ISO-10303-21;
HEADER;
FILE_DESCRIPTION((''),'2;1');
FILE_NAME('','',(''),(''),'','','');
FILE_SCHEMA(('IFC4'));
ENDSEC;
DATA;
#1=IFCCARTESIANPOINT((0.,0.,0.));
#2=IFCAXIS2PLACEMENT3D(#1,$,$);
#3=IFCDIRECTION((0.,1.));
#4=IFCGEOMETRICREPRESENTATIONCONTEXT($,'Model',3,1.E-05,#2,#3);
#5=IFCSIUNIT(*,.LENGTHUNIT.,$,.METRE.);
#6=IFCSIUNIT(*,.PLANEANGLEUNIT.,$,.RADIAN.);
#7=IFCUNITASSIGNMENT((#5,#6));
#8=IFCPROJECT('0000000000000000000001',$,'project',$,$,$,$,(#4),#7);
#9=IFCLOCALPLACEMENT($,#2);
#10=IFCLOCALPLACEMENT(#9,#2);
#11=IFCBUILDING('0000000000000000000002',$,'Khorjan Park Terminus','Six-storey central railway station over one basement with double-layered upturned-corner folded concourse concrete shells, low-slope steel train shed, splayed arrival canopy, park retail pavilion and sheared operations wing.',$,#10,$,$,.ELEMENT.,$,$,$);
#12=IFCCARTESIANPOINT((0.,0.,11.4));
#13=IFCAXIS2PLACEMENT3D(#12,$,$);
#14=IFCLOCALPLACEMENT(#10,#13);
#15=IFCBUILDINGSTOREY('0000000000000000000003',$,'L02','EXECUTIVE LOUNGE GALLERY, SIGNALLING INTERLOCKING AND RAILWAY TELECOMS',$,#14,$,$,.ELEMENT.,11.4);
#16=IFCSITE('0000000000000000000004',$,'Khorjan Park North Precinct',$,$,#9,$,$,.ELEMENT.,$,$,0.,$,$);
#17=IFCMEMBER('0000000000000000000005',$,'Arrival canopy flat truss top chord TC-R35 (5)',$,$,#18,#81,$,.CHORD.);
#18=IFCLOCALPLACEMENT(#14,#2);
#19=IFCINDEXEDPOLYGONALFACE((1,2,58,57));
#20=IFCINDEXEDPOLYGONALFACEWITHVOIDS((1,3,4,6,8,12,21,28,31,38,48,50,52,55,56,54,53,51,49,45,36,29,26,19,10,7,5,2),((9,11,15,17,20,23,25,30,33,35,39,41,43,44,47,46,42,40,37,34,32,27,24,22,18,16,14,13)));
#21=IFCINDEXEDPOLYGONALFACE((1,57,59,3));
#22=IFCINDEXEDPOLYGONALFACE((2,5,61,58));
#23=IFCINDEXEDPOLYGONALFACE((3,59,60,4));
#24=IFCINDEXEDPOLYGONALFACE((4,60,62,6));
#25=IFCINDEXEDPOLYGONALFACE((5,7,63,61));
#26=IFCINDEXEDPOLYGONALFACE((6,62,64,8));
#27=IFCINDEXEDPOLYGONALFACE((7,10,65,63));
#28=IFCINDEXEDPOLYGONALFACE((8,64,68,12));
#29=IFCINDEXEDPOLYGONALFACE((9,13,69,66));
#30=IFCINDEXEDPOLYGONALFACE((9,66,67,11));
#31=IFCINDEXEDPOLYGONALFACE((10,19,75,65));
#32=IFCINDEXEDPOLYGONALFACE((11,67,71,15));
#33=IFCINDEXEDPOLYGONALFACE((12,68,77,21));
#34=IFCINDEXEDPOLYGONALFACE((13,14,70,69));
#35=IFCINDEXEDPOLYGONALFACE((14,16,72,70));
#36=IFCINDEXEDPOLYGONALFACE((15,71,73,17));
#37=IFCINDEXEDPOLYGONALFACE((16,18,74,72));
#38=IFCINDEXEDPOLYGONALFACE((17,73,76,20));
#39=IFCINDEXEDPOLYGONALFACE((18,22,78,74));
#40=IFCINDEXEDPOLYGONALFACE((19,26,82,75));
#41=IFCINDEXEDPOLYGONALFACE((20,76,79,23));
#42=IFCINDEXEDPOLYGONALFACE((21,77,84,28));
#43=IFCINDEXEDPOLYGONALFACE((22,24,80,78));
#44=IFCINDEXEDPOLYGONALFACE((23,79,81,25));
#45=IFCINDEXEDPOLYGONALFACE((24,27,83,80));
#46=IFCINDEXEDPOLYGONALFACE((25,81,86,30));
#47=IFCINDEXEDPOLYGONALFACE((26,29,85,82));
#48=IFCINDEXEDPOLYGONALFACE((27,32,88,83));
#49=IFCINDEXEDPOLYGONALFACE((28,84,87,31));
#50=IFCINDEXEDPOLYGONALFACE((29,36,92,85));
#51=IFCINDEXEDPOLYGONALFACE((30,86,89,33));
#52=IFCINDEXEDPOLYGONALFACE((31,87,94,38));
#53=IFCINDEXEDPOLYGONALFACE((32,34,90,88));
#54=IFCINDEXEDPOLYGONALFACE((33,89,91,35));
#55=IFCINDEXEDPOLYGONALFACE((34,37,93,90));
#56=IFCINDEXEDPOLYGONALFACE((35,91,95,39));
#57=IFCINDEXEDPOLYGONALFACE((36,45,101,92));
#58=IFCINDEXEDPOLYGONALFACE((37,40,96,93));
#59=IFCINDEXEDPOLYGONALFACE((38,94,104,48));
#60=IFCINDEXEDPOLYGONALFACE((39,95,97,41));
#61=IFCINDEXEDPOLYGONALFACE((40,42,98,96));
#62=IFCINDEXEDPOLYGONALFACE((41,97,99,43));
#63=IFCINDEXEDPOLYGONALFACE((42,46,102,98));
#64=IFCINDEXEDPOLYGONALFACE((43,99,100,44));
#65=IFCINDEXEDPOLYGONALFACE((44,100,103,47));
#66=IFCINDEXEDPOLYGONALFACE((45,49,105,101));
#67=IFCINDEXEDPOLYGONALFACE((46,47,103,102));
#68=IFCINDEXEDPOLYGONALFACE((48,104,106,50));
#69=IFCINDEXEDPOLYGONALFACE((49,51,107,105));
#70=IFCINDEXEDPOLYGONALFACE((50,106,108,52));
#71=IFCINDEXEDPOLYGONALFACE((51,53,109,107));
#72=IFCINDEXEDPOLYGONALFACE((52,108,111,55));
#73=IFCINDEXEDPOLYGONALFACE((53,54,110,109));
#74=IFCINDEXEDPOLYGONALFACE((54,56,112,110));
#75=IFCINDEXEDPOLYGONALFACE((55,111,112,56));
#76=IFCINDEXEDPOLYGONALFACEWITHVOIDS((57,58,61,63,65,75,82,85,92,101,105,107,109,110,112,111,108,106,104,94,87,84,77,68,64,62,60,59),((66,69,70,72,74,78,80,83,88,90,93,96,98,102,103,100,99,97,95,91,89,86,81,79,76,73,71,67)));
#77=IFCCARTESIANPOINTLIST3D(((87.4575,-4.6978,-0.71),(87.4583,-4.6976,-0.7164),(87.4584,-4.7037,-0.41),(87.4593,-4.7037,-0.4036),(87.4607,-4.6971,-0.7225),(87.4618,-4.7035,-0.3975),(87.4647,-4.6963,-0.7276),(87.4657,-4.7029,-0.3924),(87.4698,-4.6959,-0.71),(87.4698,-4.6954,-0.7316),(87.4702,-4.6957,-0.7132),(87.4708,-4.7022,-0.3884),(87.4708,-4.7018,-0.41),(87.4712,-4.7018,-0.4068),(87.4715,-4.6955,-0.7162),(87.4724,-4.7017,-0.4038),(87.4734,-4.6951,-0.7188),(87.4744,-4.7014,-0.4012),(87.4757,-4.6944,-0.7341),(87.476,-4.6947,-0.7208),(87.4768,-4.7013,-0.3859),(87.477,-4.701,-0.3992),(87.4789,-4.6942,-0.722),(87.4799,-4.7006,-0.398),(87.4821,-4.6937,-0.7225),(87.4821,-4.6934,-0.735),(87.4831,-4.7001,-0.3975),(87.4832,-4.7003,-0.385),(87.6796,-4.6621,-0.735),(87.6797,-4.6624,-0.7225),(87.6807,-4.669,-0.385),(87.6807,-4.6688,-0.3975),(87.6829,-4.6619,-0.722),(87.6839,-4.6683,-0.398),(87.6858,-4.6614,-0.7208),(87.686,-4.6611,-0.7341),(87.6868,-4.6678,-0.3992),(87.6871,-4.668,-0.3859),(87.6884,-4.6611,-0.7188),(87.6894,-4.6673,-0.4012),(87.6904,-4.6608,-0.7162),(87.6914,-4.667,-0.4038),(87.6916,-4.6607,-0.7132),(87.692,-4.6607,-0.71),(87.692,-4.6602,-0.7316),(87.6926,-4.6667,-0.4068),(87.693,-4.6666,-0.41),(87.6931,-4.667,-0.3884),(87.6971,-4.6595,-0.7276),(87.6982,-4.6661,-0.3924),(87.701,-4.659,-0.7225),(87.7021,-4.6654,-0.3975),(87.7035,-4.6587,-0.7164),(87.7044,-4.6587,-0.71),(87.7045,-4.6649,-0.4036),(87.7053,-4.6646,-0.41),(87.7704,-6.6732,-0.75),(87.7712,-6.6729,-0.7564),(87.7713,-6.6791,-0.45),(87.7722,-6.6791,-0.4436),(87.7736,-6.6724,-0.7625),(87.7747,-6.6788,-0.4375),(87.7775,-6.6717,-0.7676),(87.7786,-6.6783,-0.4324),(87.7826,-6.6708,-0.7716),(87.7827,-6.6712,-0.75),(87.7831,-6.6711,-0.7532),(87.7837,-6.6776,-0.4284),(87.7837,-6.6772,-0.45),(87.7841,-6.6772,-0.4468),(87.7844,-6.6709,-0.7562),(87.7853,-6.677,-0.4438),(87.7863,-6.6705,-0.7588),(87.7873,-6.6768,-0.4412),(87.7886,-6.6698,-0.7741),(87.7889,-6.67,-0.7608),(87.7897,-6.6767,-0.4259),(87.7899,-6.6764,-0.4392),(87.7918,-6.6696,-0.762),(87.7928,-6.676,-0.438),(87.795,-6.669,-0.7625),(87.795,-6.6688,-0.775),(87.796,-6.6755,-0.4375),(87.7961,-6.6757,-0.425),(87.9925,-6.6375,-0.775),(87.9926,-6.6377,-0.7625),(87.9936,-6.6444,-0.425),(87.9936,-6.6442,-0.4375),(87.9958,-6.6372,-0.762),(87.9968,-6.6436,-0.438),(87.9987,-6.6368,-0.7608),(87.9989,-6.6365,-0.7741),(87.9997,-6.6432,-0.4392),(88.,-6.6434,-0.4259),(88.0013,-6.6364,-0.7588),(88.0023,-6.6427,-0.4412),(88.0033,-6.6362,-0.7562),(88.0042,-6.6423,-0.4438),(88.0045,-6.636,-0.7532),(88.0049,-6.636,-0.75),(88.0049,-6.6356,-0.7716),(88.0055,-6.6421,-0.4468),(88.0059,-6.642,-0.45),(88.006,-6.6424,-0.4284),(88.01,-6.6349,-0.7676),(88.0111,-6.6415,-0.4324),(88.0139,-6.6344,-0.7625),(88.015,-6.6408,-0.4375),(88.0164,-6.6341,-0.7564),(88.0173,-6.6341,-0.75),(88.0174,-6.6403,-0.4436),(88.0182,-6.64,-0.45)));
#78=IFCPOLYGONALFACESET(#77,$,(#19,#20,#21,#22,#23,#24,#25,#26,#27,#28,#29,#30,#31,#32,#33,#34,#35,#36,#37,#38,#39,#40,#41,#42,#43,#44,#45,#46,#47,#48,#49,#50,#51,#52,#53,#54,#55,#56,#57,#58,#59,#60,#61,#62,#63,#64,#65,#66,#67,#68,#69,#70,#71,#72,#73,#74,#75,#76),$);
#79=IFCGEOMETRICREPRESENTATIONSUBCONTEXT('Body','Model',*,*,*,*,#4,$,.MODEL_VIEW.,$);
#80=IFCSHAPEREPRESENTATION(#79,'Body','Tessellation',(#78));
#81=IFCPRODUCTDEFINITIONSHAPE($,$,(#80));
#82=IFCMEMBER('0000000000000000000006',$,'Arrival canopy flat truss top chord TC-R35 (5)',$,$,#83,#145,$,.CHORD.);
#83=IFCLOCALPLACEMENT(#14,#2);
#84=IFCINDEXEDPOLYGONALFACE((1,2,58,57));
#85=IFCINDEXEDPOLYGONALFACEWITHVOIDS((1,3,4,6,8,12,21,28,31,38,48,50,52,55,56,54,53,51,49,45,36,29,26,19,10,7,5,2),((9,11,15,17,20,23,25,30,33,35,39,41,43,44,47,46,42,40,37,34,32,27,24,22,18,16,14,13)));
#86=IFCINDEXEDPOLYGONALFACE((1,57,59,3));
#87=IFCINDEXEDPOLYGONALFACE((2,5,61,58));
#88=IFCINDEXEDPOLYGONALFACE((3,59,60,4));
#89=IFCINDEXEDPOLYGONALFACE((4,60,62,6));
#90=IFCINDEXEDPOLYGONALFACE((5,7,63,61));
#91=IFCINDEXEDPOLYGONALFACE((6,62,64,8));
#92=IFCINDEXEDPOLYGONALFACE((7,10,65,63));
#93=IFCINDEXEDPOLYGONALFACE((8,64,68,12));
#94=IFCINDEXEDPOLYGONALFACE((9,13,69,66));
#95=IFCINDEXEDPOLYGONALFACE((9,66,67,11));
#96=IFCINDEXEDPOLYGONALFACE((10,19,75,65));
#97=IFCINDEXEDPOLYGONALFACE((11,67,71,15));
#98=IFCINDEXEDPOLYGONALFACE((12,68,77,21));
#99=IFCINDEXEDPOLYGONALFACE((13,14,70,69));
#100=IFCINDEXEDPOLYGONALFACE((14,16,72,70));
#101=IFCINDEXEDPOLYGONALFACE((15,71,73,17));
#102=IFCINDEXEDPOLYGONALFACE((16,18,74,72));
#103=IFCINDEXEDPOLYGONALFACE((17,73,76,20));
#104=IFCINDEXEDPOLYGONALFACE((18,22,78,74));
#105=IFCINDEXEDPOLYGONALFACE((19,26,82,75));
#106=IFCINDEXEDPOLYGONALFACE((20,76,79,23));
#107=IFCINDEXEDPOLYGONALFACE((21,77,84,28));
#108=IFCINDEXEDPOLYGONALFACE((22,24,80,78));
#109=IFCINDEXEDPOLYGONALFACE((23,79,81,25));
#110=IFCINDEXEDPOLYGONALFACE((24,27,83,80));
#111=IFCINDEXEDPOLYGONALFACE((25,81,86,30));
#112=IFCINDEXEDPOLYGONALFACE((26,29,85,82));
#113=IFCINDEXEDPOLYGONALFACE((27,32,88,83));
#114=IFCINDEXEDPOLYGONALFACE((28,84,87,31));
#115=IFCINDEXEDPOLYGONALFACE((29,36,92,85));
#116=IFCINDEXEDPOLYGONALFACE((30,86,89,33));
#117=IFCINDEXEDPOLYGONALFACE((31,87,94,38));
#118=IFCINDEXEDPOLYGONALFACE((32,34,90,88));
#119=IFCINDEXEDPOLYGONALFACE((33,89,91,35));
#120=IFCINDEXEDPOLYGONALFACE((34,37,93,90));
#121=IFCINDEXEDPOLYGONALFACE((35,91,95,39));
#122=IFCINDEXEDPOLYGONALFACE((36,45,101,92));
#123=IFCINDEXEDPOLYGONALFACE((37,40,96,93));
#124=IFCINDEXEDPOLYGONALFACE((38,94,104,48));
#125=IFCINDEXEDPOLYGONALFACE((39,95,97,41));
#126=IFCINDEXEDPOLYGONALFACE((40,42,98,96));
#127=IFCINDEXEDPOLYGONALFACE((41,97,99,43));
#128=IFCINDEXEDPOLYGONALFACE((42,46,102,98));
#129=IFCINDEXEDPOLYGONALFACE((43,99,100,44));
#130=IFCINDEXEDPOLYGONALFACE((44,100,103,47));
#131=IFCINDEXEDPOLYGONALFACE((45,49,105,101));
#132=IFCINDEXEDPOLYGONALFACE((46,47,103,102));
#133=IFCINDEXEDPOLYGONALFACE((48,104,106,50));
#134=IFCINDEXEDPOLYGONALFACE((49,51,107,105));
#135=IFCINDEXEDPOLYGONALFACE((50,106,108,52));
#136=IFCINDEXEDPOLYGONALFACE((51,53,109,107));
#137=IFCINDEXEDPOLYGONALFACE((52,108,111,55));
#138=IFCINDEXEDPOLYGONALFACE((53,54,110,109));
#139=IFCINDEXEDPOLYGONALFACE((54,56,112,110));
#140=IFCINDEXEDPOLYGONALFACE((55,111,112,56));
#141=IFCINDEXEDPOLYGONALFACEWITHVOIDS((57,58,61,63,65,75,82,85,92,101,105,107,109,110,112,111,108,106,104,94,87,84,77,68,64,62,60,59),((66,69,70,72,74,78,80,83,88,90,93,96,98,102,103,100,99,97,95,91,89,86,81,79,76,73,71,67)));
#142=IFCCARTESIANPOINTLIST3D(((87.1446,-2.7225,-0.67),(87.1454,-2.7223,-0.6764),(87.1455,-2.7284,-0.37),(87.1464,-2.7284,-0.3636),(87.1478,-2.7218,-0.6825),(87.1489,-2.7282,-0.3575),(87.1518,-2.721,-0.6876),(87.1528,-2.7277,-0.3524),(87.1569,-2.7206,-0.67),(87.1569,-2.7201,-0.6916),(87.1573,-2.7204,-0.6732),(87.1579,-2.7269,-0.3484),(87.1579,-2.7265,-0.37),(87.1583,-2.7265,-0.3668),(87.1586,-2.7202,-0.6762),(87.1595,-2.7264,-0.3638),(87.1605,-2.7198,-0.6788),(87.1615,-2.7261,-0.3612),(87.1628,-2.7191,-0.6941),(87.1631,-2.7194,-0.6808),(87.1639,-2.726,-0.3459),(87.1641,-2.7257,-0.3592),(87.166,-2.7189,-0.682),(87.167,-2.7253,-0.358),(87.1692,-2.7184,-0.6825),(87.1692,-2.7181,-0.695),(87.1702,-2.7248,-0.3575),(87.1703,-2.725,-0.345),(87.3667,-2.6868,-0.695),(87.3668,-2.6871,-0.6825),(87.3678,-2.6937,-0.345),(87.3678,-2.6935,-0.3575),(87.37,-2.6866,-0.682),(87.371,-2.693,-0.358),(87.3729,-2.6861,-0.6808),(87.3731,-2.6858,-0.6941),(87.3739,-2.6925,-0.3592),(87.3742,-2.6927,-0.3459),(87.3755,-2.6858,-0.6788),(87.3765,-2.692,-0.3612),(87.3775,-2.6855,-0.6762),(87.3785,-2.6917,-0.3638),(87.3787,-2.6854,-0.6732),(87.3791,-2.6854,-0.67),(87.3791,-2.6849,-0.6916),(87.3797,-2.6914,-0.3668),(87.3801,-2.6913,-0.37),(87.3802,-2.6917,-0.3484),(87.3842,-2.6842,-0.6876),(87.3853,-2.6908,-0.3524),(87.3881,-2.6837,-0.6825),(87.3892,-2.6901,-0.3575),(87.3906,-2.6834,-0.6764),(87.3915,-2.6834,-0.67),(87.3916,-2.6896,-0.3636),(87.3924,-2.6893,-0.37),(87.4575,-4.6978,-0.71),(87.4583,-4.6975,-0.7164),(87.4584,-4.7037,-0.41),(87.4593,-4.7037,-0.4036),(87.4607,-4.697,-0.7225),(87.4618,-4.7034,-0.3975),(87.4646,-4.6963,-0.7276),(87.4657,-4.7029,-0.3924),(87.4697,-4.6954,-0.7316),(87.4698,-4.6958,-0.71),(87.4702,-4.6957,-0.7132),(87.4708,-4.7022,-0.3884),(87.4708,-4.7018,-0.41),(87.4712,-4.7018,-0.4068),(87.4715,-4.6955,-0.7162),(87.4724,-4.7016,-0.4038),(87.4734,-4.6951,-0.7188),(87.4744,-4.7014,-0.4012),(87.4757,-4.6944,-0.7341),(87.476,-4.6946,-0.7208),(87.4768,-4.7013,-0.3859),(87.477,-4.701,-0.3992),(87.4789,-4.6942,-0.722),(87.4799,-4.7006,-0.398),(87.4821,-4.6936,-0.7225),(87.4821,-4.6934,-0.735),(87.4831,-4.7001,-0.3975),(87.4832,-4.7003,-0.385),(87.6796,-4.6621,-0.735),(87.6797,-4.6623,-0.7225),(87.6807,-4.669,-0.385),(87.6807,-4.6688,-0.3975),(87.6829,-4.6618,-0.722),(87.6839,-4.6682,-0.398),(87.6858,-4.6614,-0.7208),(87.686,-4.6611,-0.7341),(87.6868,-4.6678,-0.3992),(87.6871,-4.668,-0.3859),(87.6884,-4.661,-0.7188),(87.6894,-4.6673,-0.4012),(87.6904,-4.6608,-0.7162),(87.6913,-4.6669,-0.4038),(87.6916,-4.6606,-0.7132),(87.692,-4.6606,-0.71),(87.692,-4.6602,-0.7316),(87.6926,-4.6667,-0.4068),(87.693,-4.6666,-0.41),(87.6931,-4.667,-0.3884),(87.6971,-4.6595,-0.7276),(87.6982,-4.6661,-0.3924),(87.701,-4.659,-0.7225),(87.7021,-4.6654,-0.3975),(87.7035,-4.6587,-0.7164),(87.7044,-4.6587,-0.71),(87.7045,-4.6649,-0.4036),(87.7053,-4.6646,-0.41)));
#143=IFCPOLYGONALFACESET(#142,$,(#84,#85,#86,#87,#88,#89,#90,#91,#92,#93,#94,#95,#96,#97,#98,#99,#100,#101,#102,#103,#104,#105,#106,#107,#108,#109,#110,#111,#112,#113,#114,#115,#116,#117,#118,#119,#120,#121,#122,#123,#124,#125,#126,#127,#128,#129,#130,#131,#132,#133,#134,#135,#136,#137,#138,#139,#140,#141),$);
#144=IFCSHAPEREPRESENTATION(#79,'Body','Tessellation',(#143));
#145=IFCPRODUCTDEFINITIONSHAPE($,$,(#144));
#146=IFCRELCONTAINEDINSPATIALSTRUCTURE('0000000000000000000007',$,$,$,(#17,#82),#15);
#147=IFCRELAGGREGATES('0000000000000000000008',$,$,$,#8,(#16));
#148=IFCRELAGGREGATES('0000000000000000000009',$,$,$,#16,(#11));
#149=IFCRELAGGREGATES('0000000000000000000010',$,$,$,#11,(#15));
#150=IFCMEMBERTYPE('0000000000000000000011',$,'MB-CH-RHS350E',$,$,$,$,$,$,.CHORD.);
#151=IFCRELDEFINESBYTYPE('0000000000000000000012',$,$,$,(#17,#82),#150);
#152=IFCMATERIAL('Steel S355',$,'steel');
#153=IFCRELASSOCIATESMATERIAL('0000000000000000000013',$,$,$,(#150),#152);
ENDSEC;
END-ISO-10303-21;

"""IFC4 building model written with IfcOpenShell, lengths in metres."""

from ifc_helpers import new_model, si_unit, direction, frame, origin, origin_2d, place, context, subcontext, project, spatial, hollow_rectangle, extrude, material, material_profile, profile_set, type_object, element, save


model = new_model("IFC4")

# Units and contexts
model_context = context("Model", 3, precision=1e-05, world=origin(), true_north=direction((0.0, 1.0)))
body_context = subcontext(model_context, "Body", "Model", "MODEL_VIEW")
ifc_project = project(units=[si_unit("LENGTHUNIT", "METRE"), si_unit("PLANEANGLEUNIT", "RADIAN")], contexts=[model_context])

# Site, building, storey
site_placement = place(None, origin())
site = spatial("IfcSite", under=ifc_project, at=site_placement, Name="Khorjan Park North Precinct", CompositionType="ELEMENT", RefElevation=0.0)
building_placement = place(site_placement, origin())
building = spatial("IfcBuilding", under=site, at=building_placement, Name="Khorjan Park Terminus", Description="Six-storey central railway station over one basement with double-layered upturned-corner folded concourse concrete shells, low-slope steel train shed, splayed arrival canopy, park retail pavilion and sheared operations wing.", CompositionType="ELEMENT")
storey_placement = place(building_placement, frame((0.0, 0.0, 11.4)))
storey = spatial("IfcBuildingStorey", under=building, at=storey_placement, Name="L02", Description="EXECUTIVE LOUNGE GALLERY, SIGNALLING INTERLOCKING AND RAILWAY TELECOMS", CompositionType="ELEMENT", Elevation=11.4)

# Members
ifc_material = material(Name="Steel S355", Category="steel")
ifc_material_profile_1 = material_profile(ifc_material, hollow_rectangle(XDim=0.25, YDim=0.35, WallThickness=0.0125, InnerFilletRadius=0.0125, OuterFilletRadius=0.025, at=origin_2d()), Name="RHS 350x250x12.5")
ifc_profile_set_1 = profile_set([ifc_material_profile_1], Name="Steel S355")
member_type_1 = type_object("IfcMemberType", Name="MB-CH-RHS350E", PredefinedType="CHORD", material=ifc_profile_set_1)
member_1_placement = place(storey_placement, frame((87.8943, -6.6566, -0.6), z_axis=(-0.156417, 0.987489, 0.019996), x_axis=(-0.987686, -0.156448, 0.0)))
element("IfcMember", 1, at=member_1_placement, inside=storey, type_object=member_type_1, Name="Arrival canopy flat truss top chord TC-R35 (5)", PredefinedType="CHORD", context=body_context, shape_type="SweptSolid", body=[
    extrude(hollow_rectangle(XDim=0.25, YDim=0.35, WallThickness=0.0125, InnerFilletRadius=0.0125, OuterFilletRadius=0.025, at=origin_2d()), origin(), (0.0, 0.0, 1.0), 2.0004),
])
member_2_placement = place(storey_placement, frame((87.5814, -4.6812, -0.56), z_axis=(-0.156424, 0.987488, 0.019997), x_axis=(-0.987685, -0.156456, 0.0)))
element("IfcMember", 2, at=member_2_placement, inside=storey, type_object=member_type_1, Name="Arrival canopy flat truss top chord TC-R35 (5)", PredefinedType="CHORD", context=body_context, shape_type="SweptSolid", body=[
    extrude(hollow_rectangle(XDim=0.25, YDim=0.35, WallThickness=0.0125, InnerFilletRadius=0.0125, OuterFilletRadius=0.025, at=origin_2d()), origin(), (0.0, 0.0, 1.0), 2.0003),
])

save(model, "model.ifc")
